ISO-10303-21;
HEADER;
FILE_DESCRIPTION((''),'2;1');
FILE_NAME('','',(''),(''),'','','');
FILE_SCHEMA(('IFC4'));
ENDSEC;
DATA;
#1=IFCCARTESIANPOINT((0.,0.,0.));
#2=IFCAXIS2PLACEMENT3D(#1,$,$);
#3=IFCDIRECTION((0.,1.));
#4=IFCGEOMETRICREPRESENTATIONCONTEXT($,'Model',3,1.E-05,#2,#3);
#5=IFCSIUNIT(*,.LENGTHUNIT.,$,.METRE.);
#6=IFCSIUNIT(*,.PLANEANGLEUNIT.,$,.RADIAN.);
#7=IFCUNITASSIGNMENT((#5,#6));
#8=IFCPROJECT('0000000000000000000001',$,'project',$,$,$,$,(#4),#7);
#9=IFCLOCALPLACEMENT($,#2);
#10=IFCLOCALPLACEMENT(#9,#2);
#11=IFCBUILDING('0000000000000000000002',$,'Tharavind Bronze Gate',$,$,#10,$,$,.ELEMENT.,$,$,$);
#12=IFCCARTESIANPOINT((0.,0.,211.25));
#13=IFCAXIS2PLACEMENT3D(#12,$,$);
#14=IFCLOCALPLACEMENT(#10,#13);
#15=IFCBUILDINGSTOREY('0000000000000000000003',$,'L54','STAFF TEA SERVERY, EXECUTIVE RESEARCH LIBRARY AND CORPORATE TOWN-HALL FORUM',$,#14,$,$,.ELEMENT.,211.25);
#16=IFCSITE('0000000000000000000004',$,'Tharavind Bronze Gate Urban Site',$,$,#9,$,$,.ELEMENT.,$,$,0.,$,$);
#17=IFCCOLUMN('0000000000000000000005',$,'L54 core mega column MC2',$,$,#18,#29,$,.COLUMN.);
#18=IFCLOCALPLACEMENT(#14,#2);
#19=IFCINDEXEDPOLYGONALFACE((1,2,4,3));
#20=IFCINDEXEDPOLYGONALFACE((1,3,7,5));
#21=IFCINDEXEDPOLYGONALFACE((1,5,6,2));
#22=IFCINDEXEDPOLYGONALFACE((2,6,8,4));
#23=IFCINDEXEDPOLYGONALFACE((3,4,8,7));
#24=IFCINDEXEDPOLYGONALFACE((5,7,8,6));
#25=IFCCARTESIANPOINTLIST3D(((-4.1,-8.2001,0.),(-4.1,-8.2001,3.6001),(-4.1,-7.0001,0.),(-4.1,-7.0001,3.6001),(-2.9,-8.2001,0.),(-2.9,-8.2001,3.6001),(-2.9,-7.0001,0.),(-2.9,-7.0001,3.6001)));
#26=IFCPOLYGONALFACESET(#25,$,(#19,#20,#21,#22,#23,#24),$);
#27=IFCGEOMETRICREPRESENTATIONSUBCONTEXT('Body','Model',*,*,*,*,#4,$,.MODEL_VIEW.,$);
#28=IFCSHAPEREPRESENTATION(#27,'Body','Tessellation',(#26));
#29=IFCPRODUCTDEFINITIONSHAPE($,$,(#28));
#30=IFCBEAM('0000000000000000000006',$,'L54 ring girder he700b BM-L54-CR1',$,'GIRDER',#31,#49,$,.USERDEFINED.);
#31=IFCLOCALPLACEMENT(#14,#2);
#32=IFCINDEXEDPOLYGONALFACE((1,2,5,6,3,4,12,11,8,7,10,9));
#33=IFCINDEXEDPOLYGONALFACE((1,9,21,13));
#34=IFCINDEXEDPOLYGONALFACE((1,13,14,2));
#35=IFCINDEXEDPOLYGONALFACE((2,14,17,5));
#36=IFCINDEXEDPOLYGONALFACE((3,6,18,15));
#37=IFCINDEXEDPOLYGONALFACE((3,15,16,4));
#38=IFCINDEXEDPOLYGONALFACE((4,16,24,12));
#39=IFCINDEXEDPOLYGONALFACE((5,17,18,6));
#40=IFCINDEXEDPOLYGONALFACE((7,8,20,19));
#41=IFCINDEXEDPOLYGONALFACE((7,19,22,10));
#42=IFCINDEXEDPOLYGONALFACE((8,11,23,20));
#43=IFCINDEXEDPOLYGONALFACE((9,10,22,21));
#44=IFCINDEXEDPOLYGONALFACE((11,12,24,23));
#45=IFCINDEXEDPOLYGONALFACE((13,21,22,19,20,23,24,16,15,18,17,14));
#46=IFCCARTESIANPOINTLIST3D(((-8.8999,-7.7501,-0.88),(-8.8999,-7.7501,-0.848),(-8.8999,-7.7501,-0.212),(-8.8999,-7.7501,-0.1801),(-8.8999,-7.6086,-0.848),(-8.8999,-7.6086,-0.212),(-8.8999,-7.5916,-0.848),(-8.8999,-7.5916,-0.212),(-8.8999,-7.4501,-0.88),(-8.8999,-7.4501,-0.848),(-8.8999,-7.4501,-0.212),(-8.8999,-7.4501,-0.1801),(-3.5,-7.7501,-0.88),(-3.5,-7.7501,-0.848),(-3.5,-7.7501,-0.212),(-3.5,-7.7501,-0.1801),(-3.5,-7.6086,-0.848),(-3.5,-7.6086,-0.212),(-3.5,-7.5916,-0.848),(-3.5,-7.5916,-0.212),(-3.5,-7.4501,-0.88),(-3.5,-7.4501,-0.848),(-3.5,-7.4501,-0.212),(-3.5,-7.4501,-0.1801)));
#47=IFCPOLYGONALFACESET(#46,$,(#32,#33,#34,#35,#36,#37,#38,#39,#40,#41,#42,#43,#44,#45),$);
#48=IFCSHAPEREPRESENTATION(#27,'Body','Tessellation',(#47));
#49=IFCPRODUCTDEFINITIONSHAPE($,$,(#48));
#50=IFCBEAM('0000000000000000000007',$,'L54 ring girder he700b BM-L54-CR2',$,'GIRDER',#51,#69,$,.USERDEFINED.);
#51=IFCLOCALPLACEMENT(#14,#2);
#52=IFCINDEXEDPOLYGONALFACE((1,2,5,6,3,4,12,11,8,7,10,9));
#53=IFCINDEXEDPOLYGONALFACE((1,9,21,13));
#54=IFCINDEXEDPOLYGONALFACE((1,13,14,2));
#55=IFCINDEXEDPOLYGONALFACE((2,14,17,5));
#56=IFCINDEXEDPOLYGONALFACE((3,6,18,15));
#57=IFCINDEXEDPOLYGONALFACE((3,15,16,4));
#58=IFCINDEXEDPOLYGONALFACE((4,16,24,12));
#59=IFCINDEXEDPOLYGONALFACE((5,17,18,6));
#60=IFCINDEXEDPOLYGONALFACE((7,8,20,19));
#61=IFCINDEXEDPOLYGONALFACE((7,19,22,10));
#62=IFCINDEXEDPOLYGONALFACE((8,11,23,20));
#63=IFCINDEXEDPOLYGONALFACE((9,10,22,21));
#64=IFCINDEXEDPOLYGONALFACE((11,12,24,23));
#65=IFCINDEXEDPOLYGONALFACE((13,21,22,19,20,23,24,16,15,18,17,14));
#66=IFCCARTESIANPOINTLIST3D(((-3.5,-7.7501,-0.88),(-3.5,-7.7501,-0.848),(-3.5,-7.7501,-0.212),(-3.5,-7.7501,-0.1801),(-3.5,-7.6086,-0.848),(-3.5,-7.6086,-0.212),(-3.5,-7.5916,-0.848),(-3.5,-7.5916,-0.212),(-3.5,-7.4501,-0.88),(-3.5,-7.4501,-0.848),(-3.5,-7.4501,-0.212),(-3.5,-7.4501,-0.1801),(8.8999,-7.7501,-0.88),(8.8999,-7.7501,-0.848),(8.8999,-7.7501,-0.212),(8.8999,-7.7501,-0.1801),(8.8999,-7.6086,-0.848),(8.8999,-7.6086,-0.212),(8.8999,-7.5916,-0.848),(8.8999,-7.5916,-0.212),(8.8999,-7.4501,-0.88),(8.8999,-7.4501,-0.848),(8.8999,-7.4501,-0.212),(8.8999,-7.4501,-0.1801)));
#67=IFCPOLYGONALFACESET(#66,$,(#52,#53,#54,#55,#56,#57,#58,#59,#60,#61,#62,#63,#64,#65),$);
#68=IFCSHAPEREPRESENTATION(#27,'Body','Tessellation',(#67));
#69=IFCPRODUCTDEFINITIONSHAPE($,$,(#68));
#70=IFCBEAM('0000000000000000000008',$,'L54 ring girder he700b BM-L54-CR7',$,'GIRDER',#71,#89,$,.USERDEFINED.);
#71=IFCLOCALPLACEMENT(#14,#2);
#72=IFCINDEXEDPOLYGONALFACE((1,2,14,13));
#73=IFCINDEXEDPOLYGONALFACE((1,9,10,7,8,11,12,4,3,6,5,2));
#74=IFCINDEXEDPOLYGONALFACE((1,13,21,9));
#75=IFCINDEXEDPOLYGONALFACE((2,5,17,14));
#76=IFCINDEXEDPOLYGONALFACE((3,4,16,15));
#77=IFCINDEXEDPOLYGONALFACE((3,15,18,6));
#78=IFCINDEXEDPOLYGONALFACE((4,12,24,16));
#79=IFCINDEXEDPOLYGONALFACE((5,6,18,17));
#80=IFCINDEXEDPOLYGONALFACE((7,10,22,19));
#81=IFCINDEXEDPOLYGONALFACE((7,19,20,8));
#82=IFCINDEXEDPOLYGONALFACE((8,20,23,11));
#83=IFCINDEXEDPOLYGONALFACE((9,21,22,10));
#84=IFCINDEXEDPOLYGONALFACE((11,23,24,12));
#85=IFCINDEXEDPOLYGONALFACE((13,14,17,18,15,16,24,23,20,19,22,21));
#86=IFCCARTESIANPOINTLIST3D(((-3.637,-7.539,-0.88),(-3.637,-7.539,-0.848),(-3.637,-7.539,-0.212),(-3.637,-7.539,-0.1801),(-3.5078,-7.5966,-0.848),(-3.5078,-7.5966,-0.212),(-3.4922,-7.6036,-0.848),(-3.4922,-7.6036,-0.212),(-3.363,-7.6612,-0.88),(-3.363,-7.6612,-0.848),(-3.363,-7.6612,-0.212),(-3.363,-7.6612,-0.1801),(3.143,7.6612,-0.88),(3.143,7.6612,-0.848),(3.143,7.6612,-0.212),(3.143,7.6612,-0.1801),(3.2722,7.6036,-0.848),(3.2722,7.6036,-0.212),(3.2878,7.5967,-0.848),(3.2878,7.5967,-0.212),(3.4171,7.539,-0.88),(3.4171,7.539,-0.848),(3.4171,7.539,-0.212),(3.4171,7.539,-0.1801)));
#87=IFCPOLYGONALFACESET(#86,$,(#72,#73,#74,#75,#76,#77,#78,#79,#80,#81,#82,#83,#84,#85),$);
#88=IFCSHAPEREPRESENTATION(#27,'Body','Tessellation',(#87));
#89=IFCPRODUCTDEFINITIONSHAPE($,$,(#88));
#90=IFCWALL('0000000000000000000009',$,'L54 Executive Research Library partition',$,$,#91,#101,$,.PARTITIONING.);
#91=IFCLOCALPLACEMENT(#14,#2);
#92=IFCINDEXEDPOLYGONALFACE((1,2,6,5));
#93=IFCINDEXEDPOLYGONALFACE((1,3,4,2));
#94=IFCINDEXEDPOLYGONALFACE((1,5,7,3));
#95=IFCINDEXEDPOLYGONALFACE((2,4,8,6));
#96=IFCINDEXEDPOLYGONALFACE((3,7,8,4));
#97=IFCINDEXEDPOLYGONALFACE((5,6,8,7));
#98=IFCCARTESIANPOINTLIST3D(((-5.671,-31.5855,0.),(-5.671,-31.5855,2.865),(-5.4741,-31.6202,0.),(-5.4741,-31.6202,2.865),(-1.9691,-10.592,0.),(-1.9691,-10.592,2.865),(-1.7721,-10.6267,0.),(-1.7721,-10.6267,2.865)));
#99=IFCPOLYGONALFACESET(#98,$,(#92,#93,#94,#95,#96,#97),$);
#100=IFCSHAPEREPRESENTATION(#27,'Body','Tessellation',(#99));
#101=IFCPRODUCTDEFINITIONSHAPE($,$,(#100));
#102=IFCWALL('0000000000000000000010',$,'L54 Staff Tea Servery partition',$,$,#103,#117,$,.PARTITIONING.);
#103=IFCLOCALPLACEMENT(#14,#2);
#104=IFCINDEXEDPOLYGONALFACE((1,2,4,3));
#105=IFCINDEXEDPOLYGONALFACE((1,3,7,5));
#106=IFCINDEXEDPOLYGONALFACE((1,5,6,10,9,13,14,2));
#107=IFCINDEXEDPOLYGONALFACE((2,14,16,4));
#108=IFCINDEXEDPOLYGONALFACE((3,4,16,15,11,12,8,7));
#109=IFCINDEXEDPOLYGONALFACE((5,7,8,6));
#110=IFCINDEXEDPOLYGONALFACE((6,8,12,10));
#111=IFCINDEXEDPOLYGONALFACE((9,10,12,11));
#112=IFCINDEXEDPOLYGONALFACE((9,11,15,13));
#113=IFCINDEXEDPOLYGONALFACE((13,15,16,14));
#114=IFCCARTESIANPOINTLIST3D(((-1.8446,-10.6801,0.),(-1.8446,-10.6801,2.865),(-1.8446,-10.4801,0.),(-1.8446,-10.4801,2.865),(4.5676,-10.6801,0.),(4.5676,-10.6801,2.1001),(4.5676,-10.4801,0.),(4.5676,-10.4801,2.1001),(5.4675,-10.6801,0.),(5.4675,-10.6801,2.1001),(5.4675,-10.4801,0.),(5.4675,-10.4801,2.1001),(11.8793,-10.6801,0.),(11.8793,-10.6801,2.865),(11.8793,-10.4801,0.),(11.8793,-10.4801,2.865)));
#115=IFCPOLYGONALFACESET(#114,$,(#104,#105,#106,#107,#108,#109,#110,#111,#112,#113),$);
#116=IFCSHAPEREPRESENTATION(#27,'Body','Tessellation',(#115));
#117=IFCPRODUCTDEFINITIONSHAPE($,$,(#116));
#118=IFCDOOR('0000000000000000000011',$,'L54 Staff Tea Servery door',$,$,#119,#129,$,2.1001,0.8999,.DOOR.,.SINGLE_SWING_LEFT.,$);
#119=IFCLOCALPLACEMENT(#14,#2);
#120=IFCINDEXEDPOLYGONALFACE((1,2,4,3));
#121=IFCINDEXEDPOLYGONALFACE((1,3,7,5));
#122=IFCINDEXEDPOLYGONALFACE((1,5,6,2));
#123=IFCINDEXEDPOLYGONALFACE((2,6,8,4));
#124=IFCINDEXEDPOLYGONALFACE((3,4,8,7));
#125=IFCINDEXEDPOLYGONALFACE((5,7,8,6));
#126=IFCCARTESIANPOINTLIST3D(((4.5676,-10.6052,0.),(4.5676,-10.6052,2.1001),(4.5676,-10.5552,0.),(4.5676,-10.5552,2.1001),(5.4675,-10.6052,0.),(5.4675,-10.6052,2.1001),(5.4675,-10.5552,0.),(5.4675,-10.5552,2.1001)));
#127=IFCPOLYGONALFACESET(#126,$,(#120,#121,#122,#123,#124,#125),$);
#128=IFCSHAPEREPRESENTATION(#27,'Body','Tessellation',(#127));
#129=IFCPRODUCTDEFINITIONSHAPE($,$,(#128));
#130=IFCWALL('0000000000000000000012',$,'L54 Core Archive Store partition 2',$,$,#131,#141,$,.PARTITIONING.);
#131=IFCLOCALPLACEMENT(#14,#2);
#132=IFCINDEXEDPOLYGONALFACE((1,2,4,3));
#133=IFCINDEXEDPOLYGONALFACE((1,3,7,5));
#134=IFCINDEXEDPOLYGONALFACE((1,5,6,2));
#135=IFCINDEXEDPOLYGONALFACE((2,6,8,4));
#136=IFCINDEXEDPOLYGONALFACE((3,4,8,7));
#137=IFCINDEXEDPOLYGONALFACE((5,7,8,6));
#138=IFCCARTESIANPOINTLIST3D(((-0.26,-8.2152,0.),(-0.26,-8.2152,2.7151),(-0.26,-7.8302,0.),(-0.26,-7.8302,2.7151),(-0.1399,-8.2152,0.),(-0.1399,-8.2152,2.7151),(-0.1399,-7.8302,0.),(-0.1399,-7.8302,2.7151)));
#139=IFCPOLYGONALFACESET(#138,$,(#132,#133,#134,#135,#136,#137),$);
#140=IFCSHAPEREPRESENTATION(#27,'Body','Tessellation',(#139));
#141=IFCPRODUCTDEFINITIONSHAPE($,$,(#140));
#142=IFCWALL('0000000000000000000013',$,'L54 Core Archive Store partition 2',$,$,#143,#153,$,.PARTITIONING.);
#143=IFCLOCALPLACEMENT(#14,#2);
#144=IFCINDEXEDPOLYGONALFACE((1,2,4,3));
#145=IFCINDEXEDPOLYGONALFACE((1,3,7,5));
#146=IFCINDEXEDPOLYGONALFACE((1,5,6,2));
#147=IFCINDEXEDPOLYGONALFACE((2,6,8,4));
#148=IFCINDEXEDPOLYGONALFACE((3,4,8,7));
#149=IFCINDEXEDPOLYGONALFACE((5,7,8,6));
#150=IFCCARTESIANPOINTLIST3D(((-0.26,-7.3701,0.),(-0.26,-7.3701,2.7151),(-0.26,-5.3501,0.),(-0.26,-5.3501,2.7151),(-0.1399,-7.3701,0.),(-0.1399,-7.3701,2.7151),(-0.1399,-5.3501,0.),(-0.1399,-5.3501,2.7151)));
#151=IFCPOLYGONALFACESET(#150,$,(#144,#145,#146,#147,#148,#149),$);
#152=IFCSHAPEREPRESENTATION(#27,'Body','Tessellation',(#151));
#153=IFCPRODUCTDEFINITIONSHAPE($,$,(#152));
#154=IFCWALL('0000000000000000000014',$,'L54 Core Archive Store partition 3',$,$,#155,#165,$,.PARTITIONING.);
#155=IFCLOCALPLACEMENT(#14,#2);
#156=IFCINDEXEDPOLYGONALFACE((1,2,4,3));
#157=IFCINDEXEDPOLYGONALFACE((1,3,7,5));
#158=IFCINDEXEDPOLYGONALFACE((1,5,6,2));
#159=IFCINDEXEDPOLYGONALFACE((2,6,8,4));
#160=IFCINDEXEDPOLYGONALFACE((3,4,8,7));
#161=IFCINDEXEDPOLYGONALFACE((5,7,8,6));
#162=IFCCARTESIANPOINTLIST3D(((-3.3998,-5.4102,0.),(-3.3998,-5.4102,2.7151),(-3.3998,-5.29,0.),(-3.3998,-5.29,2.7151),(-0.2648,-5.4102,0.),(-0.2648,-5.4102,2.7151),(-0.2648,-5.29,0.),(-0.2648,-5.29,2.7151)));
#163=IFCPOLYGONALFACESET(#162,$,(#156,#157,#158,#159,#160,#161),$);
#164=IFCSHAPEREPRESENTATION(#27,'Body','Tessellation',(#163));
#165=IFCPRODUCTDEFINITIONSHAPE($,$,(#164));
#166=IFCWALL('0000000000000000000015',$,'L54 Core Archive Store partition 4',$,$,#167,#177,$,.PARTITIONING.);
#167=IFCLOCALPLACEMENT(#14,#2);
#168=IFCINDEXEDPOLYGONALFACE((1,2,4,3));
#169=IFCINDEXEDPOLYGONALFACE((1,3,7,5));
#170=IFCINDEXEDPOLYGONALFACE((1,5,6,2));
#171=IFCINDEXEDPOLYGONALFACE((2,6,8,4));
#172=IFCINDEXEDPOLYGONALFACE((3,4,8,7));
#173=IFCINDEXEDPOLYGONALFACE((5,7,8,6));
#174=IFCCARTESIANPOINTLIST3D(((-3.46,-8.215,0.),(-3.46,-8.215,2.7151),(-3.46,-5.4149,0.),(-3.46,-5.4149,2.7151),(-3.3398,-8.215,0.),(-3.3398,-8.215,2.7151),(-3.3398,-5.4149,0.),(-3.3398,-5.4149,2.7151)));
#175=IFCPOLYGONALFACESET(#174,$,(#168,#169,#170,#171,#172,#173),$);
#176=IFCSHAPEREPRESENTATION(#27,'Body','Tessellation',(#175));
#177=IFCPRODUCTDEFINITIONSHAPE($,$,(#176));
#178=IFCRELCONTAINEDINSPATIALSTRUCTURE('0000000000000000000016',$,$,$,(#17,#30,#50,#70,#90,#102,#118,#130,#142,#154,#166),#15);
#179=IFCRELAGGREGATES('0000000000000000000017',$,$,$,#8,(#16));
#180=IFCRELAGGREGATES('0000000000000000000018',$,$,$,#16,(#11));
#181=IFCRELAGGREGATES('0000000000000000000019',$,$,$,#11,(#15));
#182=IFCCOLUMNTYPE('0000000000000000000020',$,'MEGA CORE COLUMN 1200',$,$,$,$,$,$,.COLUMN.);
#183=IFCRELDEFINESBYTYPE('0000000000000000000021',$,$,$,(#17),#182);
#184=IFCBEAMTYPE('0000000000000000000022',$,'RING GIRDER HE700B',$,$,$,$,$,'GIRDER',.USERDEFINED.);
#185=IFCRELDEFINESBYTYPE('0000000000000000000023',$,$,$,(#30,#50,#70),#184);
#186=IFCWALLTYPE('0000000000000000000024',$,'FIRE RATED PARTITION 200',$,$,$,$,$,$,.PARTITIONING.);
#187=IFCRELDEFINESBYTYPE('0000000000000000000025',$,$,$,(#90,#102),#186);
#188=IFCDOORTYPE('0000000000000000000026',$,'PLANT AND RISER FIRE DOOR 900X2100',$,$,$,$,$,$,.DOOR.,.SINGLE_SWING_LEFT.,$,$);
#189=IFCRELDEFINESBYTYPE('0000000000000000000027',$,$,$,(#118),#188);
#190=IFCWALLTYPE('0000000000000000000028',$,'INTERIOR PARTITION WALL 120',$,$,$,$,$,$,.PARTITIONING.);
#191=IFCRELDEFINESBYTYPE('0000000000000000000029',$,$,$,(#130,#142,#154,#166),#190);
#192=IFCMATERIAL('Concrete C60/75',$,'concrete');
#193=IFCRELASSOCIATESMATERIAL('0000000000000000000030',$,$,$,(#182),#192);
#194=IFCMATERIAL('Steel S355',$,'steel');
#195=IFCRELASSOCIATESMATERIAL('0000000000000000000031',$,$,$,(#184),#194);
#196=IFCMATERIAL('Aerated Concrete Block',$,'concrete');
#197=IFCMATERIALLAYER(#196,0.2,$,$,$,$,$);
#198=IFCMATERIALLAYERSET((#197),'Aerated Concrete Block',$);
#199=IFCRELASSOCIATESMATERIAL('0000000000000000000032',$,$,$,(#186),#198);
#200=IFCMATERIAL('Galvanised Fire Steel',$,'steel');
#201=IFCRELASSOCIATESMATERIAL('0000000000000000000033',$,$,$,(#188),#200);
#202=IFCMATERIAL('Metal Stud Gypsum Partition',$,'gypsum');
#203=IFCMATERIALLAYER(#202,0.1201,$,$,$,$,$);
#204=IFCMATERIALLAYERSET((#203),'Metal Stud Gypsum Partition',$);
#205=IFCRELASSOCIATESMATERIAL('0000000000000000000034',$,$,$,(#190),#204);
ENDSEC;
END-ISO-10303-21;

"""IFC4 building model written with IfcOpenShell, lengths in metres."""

from ifc_helpers import new_model, si_unit, direction, frame, frame_2d, origin, origin_2d, place, context, subcontext, project, spatial, rectangle, i_section, extrude, material, layer, layer_set, material_profile, profile_set, type_object, element, fill, save


model = new_model("IFC4")

# Units and contexts
model_context = context("Model", 3, precision=1e-05, world=origin(), true_north=direction((0.0, 1.0)))
body_context = subcontext(model_context, "Body", "Model", "MODEL_VIEW")
ifc_project = project(units=[si_unit("LENGTHUNIT", "METRE"), si_unit("PLANEANGLEUNIT", "RADIAN")], contexts=[model_context])

# Site, building, storey
site_placement = place(None, origin())
site = spatial("IfcSite", under=ifc_project, at=site_placement, Name="Tharavind Bronze Gate Urban Site", CompositionType="ELEMENT", RefElevation=0.0)
building_placement = place(site_placement, origin())
building = spatial("IfcBuilding", under=site, at=building_placement, Name="Tharavind Bronze Gate", CompositionType="ELEMENT")
storey_placement = place(building_placement, frame((0.0, 0.0, 211.25)))
storey = spatial("IfcBuildingStorey", under=building, at=storey_placement, Name="L54", Description="STAFF TEA SERVERY, EXECUTIVE RESEARCH LIBRARY AND CORPORATE TOWN-HALL FORUM", CompositionType="ELEMENT", Elevation=211.25)

# Column
ifc_material_1 = material(Name="Concrete C60/75", Category="concrete")
ifc_material_profile_1 = material_profile(ifc_material_1, rectangle(XDim=1.2, YDim=1.2, at=origin_2d()), Name="RCCOL1200")
ifc_profile_set_1 = profile_set([ifc_material_profile_1], Name="Concrete C60/75")
column_type = type_object("IfcColumnType", Name="MEGA CORE COLUMN 1200", PredefinedType="COLUMN", material=ifc_profile_set_1)
column_placement = place(storey_placement, frame((-3.5, -7.6001, 0.0), z_axis=(0.0, 0.0, 1.0), x_axis=(1.0, 0.0, 0.0)))
element("IfcColumn", 1, at=column_placement, inside=storey, type_object=column_type, Name="L54 core mega column MC2", PredefinedType="COLUMN", context=body_context, shape_type="SweptSolid", body=[
    extrude(rectangle(XDim=1.2, YDim=1.2, at=origin_2d()), origin(), (0.0, 0.0, 1.0), 3.6001),
])

# Beams
ifc_material_2 = material(Name="Steel S355", Category="steel")
ifc_material_profile_2 = material_profile(ifc_material_2, i_section(OverallWidth=0.3, OverallDepth=0.7, WebThickness=0.0171, FlangeThickness=0.032, at=origin_2d()), Name="HE700B")
ifc_profile_set_2 = profile_set([ifc_material_profile_2], Name="Steel S355")
beam_type = type_object("IfcBeamType", Name="RING GIRDER HE700B", ElementType="GIRDER", PredefinedType="USERDEFINED", material=ifc_profile_set_2)
beam_1_placement = place(storey_placement, frame((-8.8999, -7.6001, -0.53), z_axis=(1.0, 0.0, 0.0), x_axis=(0.0, 1.0, 0.0)))
element("IfcBeam", 2, at=beam_1_placement, inside=storey, type_object=beam_type, Name="L54 ring girder he700b BM-L54-CR1", ObjectType="GIRDER", PredefinedType="USERDEFINED", context=body_context, shape_type="SweptSolid", body=[
    extrude(i_section(OverallWidth=0.3, OverallDepth=0.7, WebThickness=0.0171, FlangeThickness=0.032, at=origin_2d()), origin(), (0.0, 0.0, 1.0), 5.3999),
])
beam_2_placement = place(storey_placement, frame((-3.5, -7.6001, -0.53), z_axis=(1.0, 0.0, 0.0), x_axis=(0.0, 1.0, 0.0)))
element("IfcBeam", 3, at=beam_2_placement, inside=storey, type_object=beam_type, Name="L54 ring girder he700b BM-L54-CR2", ObjectType="GIRDER", PredefinedType="USERDEFINED", context=body_context, shape_type="SweptSolid", body=[
    extrude(i_section(OverallWidth=0.3, OverallDepth=0.7, WebThickness=0.0171, FlangeThickness=0.032, at=origin_2d()), origin(), (0.0, 0.0, 1.0), 12.3999),
])
beam_3_placement = place(storey_placement, frame((-3.5, -7.6001, -0.53), z_axis=(0.407362, 0.913267, 0.0), x_axis=(-0.913267, 0.407362, 0.0)))
element("IfcBeam", 4, at=beam_3_placement, inside=storey, type_object=beam_type, Name="L54 ring girder he700b BM-L54-CR7", ObjectType="GIRDER", PredefinedType="USERDEFINED", context=body_context, shape_type="SweptSolid", body=[
    extrude(i_section(OverallWidth=0.3, OverallDepth=0.7, WebThickness=0.0171, FlangeThickness=0.032, at=origin_2d()), origin(), (0.0, 0.0, 1.0), 16.6438),
])

# Wall
ifc_material_3 = material(Name="Aerated Concrete Block", Category="concrete")
ifc_layer_1 = layer(ifc_material_3, 0.2)
ifc_layer_set_1 = layer_set([ifc_layer_1], Name="Aerated Concrete Block")
wall_type_1 = type_object("IfcWallType", Name="FIRE RATED PARTITION 200", PredefinedType="PARTITIONING", material=ifc_layer_set_1)
wall_1_placement = place(storey_placement, frame((-1.8706, -10.6094, 0.0), z_axis=(0.0, 0.0, 1.0), x_axis=(-0.173657, -0.984806, 0.0)))
element("IfcWall", 5, at=wall_1_placement, inside=storey, type_object=wall_type_1, Name="L54 Executive Research Library partition", PredefinedType="PARTITIONING", context=body_context, shape_type="SweptSolid", body=[
    extrude(rectangle(XDim=21.3174, YDim=0.2, at=frame_2d((10.6587, 0.0))), origin(), (0.0, 0.0, 1.0), 2.865),
])

# Wall, opening, door
wall_2_placement = place(storey_placement, frame((-1.8445, -10.5801, 0.0), z_axis=(0.0, 0.0, 1.0), x_axis=(1.0, 0.0, 0.0)))
wall_2 = element("IfcWall", 6, at=wall_2_placement, inside=storey, type_object=wall_type_1, Name="L54 Staff Tea Servery partition", PredefinedType="PARTITIONING", context=body_context, shape_type="SweptSolid", body=[
    extrude(rectangle(XDim=13.7239, YDim=0.2, at=frame_2d((6.8618, 0.0))), origin(), (0.0, 0.0, 1.0), 2.865),
])
opening_1_placement = place(wall_2_placement, frame((6.4121, 0.0, 0.0)))
opening_1 = element("IfcOpeningElement", 7, at=opening_1_placement, cuts=wall_2, PredefinedType="OPENING", context=body_context, shape_type="SweptSolid", body=[
    extrude(rectangle(XDim=0.8999, YDim=2.1001, at=frame_2d((0.45, 1.05))), frame((0.0, 0.1101, 0.0), z_axis=(0.0, -1.0, 0.0), x_axis=(1.0, 0.0, 0.0)), (0.0, 0.0, 1.0), 0.22),
])
ifc_material_4 = material(Name="Galvanised Fire Steel", Category="steel")
door_type_1 = type_object("IfcDoorType", Name="PLANT AND RISER FIRE DOOR 900X2100", OperationType="SINGLE_SWING_LEFT", PredefinedType="DOOR", material=ifc_material_4)
door_1_placement = place(opening_1_placement, origin())
door_1 = element("IfcDoor", 8, at=door_1_placement, inside=storey, type_object=door_type_1, Name="L54 Staff Tea Servery door", OperationType="SINGLE_SWING_LEFT", OverallHeight=2.1001, OverallWidth=0.8999, PredefinedType="DOOR", context=body_context, shape_type="SweptSolid", body=[
    extrude(rectangle(XDim=0.8999, YDim=2.1001, at=frame_2d((0.45, 1.05))), frame((0.0, 0.0249, 0.0), z_axis=(0.0, -1.0, 0.0), x_axis=(1.0, 0.0, 0.0)), (0.0, 0.0, 1.0), 0.05),
])
fill(opening_1, door_1)

# Walls
ifc_material_5 = material(Name="Metal Stud Gypsum Partition", Category="gypsum")
ifc_layer_2 = layer(ifc_material_5, 0.1201)
ifc_layer_set_2 = layer_set([ifc_layer_2], Name="Metal Stud Gypsum Partition")
wall_type_2 = type_object("IfcWallType", Name="INTERIOR PARTITION WALL 120", PredefinedType="PARTITIONING", material=ifc_layer_set_2)
wall_3_placement = place(storey_placement, frame((-0.2, -8.2151, 0.0), z_axis=(0.0, 0.0, 1.0), x_axis=(0.0, 1.0, 0.0)))
element("IfcWall", 9, at=wall_3_placement, inside=storey, type_object=wall_type_2, Name="L54 Core Archive Store partition 2", PredefinedType="PARTITIONING", context=body_context, shape_type="SweptSolid", body=[
    extrude(rectangle(XDim=0.385, YDim=0.1201, at=frame_2d((0.1924, 0.0))), origin(), (0.0, 0.0, 1.0), 2.7151),
])
wall_4_placement = place(storey_placement, frame((-0.2, -7.3701, 0.0), z_axis=(0.0, 0.0, 1.0), x_axis=(0.0, 1.0, 0.0)))
element("IfcWall", 10, at=wall_4_placement, inside=storey, type_object=wall_type_2, Name="L54 Core Archive Store partition 2", PredefinedType="PARTITIONING", context=body_context, shape_type="SweptSolid", body=[
    extrude(rectangle(XDim=2.02, YDim=0.1201, at=frame_2d((1.01, 0.0))), origin(), (0.0, 0.0, 1.0), 2.7151),
])
wall_5_placement = place(storey_placement, frame((-0.2649, -5.3501, 0.0), z_axis=(0.0, 0.0, 1.0), x_axis=(-1.0, 0.0, 0.0)))
element("IfcWall", 11, at=wall_5_placement, inside=storey, type_object=wall_type_2, Name="L54 Core Archive Store partition 3", PredefinedType="PARTITIONING", context=body_context, shape_type="SweptSolid", body=[
    extrude(rectangle(XDim=3.135, YDim=0.1201, at=frame_2d((1.5674, 0.0))), origin(), (0.0, 0.0, 1.0), 2.7151),
])
wall_6_placement = place(storey_placement, frame((-3.3999, -5.415, 0.0), z_axis=(0.0, 0.0, 1.0), x_axis=(0.0, -1.0, 0.0)))
element("IfcWall", 12, at=wall_6_placement, inside=storey, type_object=wall_type_2, Name="L54 Core Archive Store partition 4", PredefinedType="PARTITIONING", context=body_context, shape_type="SweptSolid", body=[
    extrude(rectangle(XDim=2.8, YDim=0.1201, at=frame_2d((1.3999, 0.0))), origin(), (0.0, 0.0, 1.0), 2.7151),
])

save(model, "model.ifc")
